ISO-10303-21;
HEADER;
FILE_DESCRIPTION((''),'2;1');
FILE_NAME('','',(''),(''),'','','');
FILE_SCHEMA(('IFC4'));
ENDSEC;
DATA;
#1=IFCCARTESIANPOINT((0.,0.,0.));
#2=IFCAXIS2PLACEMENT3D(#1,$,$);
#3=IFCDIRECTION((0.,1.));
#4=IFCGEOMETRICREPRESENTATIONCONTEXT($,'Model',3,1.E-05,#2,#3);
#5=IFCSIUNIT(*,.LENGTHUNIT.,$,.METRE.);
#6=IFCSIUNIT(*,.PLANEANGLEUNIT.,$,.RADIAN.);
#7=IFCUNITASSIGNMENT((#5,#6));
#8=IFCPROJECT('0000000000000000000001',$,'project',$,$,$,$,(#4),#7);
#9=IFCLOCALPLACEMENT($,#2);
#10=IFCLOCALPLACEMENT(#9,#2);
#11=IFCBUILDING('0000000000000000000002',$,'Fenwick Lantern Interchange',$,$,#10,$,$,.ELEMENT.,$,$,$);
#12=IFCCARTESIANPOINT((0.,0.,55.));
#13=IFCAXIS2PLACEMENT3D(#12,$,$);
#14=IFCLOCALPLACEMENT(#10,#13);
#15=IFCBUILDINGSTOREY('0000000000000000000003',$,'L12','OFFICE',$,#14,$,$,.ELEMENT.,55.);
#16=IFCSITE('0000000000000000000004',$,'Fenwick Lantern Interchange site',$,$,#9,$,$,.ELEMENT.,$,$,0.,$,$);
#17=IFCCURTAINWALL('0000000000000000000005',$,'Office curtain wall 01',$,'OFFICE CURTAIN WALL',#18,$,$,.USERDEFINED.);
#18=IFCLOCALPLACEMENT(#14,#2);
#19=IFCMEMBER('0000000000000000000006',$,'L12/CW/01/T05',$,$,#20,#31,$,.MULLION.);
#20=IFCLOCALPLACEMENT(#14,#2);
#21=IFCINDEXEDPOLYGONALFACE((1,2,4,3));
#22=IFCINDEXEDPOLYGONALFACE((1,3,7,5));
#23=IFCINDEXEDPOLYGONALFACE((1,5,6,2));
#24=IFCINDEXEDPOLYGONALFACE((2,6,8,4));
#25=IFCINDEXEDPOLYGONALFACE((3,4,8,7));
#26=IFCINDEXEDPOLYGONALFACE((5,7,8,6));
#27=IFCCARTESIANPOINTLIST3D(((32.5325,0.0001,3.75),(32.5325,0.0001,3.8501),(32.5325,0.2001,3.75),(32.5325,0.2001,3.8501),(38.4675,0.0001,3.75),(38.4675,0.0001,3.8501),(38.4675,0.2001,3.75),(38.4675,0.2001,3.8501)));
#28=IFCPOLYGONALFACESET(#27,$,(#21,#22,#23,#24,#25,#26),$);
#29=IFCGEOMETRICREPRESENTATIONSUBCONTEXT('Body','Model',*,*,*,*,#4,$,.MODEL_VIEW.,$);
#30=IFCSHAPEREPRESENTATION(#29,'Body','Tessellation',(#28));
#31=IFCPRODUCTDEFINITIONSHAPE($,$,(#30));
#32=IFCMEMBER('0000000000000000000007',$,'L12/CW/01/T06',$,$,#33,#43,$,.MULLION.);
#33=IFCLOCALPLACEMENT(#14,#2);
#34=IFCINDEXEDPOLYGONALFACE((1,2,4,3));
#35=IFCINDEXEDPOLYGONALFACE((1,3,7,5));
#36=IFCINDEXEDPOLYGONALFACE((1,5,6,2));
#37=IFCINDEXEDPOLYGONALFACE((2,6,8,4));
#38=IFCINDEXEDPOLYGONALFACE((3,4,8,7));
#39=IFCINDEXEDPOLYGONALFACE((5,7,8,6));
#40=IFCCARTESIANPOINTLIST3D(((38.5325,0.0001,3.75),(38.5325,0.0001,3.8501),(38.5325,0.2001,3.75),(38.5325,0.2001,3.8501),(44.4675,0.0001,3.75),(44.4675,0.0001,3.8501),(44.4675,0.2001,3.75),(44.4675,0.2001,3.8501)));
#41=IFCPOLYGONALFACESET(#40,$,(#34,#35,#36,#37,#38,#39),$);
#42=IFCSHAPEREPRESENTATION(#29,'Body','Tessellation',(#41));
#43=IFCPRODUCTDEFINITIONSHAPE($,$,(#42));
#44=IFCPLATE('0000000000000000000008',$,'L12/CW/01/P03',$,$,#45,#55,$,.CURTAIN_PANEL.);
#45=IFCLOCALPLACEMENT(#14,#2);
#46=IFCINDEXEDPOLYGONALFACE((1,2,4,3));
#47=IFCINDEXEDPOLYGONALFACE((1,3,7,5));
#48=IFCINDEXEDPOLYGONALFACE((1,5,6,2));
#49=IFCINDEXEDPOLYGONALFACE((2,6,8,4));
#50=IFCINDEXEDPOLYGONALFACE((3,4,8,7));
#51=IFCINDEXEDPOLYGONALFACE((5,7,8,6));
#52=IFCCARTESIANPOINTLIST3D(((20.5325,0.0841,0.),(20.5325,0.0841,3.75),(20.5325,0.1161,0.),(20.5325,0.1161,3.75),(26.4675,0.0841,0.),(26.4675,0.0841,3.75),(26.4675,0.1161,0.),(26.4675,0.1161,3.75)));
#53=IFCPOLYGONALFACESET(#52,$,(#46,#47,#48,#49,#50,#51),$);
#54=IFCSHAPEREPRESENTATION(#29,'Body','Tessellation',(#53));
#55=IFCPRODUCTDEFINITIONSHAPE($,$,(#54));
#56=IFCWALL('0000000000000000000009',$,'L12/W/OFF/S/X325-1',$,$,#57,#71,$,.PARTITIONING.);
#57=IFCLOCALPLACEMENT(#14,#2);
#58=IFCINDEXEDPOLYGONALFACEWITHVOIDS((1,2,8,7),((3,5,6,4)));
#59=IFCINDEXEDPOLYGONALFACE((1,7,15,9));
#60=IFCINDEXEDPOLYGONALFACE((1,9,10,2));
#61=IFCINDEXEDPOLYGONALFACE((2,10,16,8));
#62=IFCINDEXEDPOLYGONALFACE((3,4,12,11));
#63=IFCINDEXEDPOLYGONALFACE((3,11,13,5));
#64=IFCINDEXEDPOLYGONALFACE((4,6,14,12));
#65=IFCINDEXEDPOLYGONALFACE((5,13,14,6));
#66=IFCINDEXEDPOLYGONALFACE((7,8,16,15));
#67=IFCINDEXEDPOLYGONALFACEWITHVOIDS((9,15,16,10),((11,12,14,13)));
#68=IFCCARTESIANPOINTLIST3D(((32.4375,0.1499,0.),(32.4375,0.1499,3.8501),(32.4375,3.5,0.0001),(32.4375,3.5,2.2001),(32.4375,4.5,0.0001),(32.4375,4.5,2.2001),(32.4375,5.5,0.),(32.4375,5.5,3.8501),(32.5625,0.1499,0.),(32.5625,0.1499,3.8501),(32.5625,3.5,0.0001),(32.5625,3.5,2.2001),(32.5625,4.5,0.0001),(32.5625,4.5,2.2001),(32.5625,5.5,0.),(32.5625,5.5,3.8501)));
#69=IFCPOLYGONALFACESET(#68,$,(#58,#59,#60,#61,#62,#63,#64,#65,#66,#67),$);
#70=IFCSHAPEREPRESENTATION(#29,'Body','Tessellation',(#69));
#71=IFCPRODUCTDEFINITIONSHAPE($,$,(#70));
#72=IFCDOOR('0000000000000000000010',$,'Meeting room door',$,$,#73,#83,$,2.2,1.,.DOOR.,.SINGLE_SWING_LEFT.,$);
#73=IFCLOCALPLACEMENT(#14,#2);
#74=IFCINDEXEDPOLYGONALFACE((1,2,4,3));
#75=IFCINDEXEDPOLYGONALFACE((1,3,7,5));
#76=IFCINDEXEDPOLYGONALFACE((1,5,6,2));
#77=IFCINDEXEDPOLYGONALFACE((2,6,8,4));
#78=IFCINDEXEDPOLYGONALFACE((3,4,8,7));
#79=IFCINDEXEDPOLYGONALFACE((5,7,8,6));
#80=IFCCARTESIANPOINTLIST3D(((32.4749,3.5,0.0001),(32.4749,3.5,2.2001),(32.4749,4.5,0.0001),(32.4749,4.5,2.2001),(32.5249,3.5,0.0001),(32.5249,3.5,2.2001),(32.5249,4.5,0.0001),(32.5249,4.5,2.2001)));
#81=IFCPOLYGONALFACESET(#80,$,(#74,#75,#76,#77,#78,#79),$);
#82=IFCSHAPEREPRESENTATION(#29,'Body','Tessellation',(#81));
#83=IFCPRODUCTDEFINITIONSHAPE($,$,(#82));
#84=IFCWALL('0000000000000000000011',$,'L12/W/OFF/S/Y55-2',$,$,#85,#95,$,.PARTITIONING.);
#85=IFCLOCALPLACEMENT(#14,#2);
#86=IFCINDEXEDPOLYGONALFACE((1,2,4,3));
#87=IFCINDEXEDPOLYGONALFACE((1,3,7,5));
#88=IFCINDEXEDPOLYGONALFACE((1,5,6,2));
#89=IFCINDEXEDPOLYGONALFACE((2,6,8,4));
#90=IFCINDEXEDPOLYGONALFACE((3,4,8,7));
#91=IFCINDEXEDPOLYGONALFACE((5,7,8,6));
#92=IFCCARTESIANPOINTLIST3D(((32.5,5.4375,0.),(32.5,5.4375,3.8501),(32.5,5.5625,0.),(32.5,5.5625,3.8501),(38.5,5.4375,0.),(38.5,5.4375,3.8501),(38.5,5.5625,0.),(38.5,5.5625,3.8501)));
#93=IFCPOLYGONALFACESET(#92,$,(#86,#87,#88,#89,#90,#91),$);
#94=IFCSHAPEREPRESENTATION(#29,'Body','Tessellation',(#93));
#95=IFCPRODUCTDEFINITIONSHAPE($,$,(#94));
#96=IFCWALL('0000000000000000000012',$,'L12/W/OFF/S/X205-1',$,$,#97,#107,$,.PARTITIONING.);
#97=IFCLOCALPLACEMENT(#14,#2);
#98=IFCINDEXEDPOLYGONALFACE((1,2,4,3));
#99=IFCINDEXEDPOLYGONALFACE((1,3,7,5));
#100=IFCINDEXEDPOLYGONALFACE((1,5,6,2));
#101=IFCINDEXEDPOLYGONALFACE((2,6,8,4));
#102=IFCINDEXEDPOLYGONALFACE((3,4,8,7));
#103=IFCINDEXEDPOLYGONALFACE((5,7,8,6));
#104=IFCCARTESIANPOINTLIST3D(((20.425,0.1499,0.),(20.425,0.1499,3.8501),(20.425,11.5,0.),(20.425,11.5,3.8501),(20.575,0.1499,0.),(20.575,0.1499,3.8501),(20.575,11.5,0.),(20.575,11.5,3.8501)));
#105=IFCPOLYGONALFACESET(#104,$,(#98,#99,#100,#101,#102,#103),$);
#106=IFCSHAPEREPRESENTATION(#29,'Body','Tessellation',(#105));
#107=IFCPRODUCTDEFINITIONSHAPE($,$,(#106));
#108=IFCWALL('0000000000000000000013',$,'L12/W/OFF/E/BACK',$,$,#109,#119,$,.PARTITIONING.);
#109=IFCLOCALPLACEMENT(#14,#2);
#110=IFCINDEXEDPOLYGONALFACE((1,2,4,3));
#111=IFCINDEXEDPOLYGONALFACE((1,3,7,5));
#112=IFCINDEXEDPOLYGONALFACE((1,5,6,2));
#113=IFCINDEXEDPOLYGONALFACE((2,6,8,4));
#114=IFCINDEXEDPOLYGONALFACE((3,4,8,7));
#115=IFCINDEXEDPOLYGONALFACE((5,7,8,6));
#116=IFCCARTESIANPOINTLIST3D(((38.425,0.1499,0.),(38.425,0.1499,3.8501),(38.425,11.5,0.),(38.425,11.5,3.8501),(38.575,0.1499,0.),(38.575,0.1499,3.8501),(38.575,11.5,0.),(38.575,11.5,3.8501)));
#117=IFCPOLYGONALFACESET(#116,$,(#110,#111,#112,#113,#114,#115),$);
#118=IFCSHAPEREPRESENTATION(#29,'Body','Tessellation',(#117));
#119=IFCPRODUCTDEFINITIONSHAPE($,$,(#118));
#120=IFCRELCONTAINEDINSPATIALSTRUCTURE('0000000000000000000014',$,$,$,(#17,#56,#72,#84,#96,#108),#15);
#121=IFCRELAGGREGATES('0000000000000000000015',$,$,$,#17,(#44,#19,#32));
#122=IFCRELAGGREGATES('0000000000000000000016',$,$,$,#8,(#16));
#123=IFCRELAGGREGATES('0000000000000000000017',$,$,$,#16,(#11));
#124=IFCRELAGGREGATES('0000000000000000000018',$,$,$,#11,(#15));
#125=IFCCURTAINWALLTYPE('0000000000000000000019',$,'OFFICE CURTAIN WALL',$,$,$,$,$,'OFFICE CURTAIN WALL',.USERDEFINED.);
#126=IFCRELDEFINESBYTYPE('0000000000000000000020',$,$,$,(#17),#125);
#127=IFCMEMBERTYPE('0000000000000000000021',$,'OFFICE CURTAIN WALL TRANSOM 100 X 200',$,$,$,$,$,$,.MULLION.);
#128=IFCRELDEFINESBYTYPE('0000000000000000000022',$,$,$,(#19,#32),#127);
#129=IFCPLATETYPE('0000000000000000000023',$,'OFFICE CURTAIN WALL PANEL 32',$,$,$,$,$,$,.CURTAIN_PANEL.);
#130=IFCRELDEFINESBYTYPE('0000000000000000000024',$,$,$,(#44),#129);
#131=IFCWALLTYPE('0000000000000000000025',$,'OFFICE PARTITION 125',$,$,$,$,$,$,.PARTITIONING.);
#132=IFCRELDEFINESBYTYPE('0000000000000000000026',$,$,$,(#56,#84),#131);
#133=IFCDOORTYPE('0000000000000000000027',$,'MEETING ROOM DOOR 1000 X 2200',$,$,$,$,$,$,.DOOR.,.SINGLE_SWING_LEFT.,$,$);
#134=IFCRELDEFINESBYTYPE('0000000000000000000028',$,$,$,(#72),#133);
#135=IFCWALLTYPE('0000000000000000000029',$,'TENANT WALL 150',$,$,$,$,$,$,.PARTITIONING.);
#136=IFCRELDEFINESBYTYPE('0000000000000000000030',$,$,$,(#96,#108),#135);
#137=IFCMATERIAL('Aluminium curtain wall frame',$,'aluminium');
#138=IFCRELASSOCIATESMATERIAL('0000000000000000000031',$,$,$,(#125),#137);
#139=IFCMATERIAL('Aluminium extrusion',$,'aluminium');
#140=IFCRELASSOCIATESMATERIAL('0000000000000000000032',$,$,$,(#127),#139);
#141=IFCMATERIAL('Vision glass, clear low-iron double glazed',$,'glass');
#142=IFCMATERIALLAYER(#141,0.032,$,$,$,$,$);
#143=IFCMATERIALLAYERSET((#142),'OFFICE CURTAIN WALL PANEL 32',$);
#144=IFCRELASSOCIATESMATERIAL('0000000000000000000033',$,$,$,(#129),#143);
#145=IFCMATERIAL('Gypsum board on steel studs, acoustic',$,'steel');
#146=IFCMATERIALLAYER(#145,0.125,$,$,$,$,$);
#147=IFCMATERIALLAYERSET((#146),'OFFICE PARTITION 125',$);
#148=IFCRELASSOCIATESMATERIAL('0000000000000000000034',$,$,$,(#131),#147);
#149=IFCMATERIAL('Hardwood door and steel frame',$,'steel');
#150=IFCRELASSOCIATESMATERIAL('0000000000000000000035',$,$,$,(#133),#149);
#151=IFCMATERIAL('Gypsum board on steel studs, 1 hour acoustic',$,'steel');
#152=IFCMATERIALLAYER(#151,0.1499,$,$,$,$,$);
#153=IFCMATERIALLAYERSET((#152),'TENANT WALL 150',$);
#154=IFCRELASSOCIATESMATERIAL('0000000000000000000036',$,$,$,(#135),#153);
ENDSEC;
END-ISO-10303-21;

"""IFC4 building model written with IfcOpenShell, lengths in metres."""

from ifc_helpers import new_model, si_unit, direction, frame, frame_2d, origin, origin_2d, place, context, subcontext, project, spatial, rectangle, extrude, material, layer, layer_set, material_profile, profile_set, type_object, element, fill, aggregate, save


model = new_model("IFC4")

# Units and contexts
model_context = context("Model", 3, precision=1e-05, world=origin(), true_north=direction((0.0, 1.0)))
body_context = subcontext(model_context, "Body", "Model", "MODEL_VIEW")
ifc_project = project(units=[si_unit("LENGTHUNIT", "METRE"), si_unit("PLANEANGLEUNIT", "RADIAN")], contexts=[model_context])

# Site, building, storey
site_placement = place(None, origin())
site = spatial("IfcSite", under=ifc_project, at=site_placement, Name="Fenwick Lantern Interchange site", CompositionType="ELEMENT", RefElevation=0.0)
building_placement = place(site_placement, origin())
building = spatial("IfcBuilding", under=site, at=building_placement, Name="Fenwick Lantern Interchange", CompositionType="ELEMENT")
storey_placement = place(building_placement, frame((0.0, 0.0, 55.0)))
storey = spatial("IfcBuildingStorey", under=building, at=storey_placement, Name="L12", Description="OFFICE", CompositionType="ELEMENT", Elevation=55.0)

# Curtain wall, members, plate
ifc_material_1 = material(Name="Aluminium curtain wall frame", Category="aluminium")
curtain_wall_type = type_object("IfcCurtainWallType", Name="OFFICE CURTAIN WALL", ElementType="OFFICE CURTAIN WALL", PredefinedType="USERDEFINED", material=ifc_material_1)
curtain_wall_placement = place(storey_placement, origin())
curtain_wall = element("IfcCurtainWall", 1, at=curtain_wall_placement, inside=storey, type_object=curtain_wall_type, Name="Office curtain wall 01", ObjectType="OFFICE CURTAIN WALL", PredefinedType="USERDEFINED")
ifc_material_2 = material(Name="Aluminium extrusion", Category="aluminium")
ifc_material_profile_1 = material_profile(ifc_material_2, rectangle(XDim=0.2, YDim=0.1001, at=origin_2d()), Name="OFFICE CURTAIN WALL TRANSOM 100 X 200")
ifc_profile_set_1 = profile_set([ifc_material_profile_1], Name="Aluminium extrusion")
member_type_1 = type_object("IfcMemberType", Name="OFFICE CURTAIN WALL TRANSOM 100 X 200", PredefinedType="MULLION", material=ifc_profile_set_1)
member_1_placement = place(storey_placement, frame((32.5325, 0.1001, 3.8), z_axis=(1.0, 0.0, 0.0), x_axis=(0.0, 1.0, 0.0)))
member_1 = element("IfcMember", 2, at=member_1_placement, type_object=member_type_1, Name="L12/CW/01/T05", PredefinedType="MULLION", context=body_context, shape_type="SweptSolid", body=[
    extrude(rectangle(XDim=0.2, YDim=0.1001, at=origin_2d()), origin(), (0.0, 0.0, 1.0), 5.9351),
])
member_2_placement = place(storey_placement, frame((38.5325, 0.1001, 3.8), z_axis=(1.0, 0.0, 0.0), x_axis=(0.0, 1.0, 0.0)))
member_2 = element("IfcMember", 3, at=member_2_placement, type_object=member_type_1, Name="L12/CW/01/T06", PredefinedType="MULLION", context=body_context, shape_type="SweptSolid", body=[
    extrude(rectangle(XDim=0.2, YDim=0.1001, at=origin_2d()), origin(), (0.0, 0.0, 1.0), 5.9351),
])
ifc_material_3 = material(Name="Vision glass, clear low-iron double glazed", Category="glass")
ifc_layer_1 = layer(ifc_material_3, 0.032)
ifc_layer_set_1 = layer_set([ifc_layer_1], Name="OFFICE CURTAIN WALL PANEL 32")
plate_type = type_object("IfcPlateType", Name="OFFICE CURTAIN WALL PANEL 32", PredefinedType="CURTAIN_PANEL", material=ifc_layer_set_1)
plate_placement = place(storey_placement, frame((23.5, 0.1001, 0.0), z_axis=(0.0, 0.0, 1.0), x_axis=(1.0, 0.0, 0.0)))
plate = element("IfcPlate", 4, at=plate_placement, type_object=plate_type, Name="L12/CW/01/P03", PredefinedType="CURTAIN_PANEL", context=body_context, shape_type="SweptSolid", body=[
    extrude(rectangle(XDim=5.9351, YDim=0.032, at=origin_2d()), origin(), (0.0, 0.0, 1.0), 3.75),
])
aggregate(curtain_wall, [plate, member_1, member_2])

# Wall, opening, door
ifc_material_4 = material(Name="Gypsum board on steel studs, acoustic", Category="steel")
ifc_layer_2 = layer(ifc_material_4, 0.125)
ifc_layer_set_2 = layer_set([ifc_layer_2], Name="OFFICE PARTITION 125")
wall_type_1 = type_object("IfcWallType", Name="OFFICE PARTITION 125", PredefinedType="PARTITIONING", material=ifc_layer_set_2)
wall_1_placement = place(storey_placement, frame((32.5, 0.1499, 0.0), z_axis=(0.0, 0.0, 1.0), x_axis=(0.0, 1.0, 0.0)))
wall_1 = element("IfcWall", 5, at=wall_1_placement, inside=storey, type_object=wall_type_1, Name="L12/W/OFF/S/X325-1", PredefinedType="PARTITIONING", context=body_context, shape_type="SweptSolid", body=[
    extrude(rectangle(XDim=5.3501, YDim=0.125, at=frame_2d((2.675, 0.0))), origin(), (0.0, 0.0, 1.0), 3.8501),
])
opening_placement = place(wall_1_placement, frame((3.3501, 0.0, 0.0)))
opening = element("IfcOpeningElement", 6, at=opening_placement, cuts=wall_1, PredefinedType="OPENING", context=body_context, shape_type="SweptSolid", body=[
    extrude(rectangle(XDim=1.0, YDim=2.2, at=frame_2d((0.5, 1.1001))), frame((0.0, 0.0725, 0.0), z_axis=(0.0, -1.0, 0.0), x_axis=(1.0, 0.0, 0.0)), (0.0, 0.0, 1.0), 0.145),
])
ifc_material_5 = material(Name="Hardwood door and steel frame", Category="steel")
door_type = type_object("IfcDoorType", Name="MEETING ROOM DOOR 1000 X 2200", OperationType="SINGLE_SWING_LEFT", PredefinedType="DOOR", material=ifc_material_5)
door_placement = place(opening_placement, frame((1.0, 0.0, 0.0), z_axis=(0.0, 0.0, 1.0), x_axis=(-1.0, 0.0, 0.0)))
door = element("IfcDoor", 7, at=door_placement, inside=storey, type_object=door_type, Name="Meeting room door", OperationType="SINGLE_SWING_LEFT", OverallHeight=2.2, OverallWidth=1.0, PredefinedType="DOOR", context=body_context, shape_type="SweptSolid", body=[
    extrude(rectangle(XDim=1.0, YDim=2.2, at=frame_2d((0.5, 1.1001))), frame((0.0, 0.0249, 0.0), z_axis=(0.0, -1.0, 0.0), x_axis=(1.0, 0.0, 0.0)), (0.0, 0.0, 1.0), 0.05),
])
fill(opening, door)

# Walls
wall_2_placement = place(storey_placement, frame((32.5, 5.5, 0.0), z_axis=(0.0, 0.0, 1.0), x_axis=(1.0, 0.0, 0.0)))
element("IfcWall", 8, at=wall_2_placement, inside=storey, type_object=wall_type_1, Name="L12/W/OFF/S/Y55-2", PredefinedType="PARTITIONING", context=body_context, shape_type="SweptSolid", body=[
    extrude(rectangle(XDim=6.0, YDim=0.125, at=frame_2d((3.0, 0.0))), origin(), (0.0, 0.0, 1.0), 3.8501),
])
ifc_material_6 = material(Name="Gypsum board on steel studs, 1 hour acoustic", Category="steel")
ifc_layer_3 = layer(ifc_material_6, 0.1499)
ifc_layer_set_3 = layer_set([ifc_layer_3], Name="TENANT WALL 150")
wall_type_2 = type_object("IfcWallType", Name="TENANT WALL 150", PredefinedType="PARTITIONING", material=ifc_layer_set_3)
for number, where, z_axis, x_axis, name in (
    (9, (20.5, 0.1499, 0.0), (0.0, 0.0, 1.0), (0.0, 1.0, 0.0), "L12/W/OFF/S/X205-1"),
    (10, (38.5, 0.1499, 0.0), (0.0, 0.0, 1.0), (0.0, 1.0, 0.0), "L12/W/OFF/E/BACK"),
):
    element("IfcWall", number, at=place(storey_placement, frame(where, z_axis=z_axis, x_axis=x_axis)), inside=storey, type_object=wall_type_2, Name=name, PredefinedType="PARTITIONING", context=body_context, shape_type="SweptSolid", body=[
        extrude(rectangle(XDim=11.3501, YDim=0.1499, at=frame_2d((5.675, 0.0))), origin(), (0.0, 0.0, 1.0), 3.8501),
    ])

save(model, "model.ifc")
